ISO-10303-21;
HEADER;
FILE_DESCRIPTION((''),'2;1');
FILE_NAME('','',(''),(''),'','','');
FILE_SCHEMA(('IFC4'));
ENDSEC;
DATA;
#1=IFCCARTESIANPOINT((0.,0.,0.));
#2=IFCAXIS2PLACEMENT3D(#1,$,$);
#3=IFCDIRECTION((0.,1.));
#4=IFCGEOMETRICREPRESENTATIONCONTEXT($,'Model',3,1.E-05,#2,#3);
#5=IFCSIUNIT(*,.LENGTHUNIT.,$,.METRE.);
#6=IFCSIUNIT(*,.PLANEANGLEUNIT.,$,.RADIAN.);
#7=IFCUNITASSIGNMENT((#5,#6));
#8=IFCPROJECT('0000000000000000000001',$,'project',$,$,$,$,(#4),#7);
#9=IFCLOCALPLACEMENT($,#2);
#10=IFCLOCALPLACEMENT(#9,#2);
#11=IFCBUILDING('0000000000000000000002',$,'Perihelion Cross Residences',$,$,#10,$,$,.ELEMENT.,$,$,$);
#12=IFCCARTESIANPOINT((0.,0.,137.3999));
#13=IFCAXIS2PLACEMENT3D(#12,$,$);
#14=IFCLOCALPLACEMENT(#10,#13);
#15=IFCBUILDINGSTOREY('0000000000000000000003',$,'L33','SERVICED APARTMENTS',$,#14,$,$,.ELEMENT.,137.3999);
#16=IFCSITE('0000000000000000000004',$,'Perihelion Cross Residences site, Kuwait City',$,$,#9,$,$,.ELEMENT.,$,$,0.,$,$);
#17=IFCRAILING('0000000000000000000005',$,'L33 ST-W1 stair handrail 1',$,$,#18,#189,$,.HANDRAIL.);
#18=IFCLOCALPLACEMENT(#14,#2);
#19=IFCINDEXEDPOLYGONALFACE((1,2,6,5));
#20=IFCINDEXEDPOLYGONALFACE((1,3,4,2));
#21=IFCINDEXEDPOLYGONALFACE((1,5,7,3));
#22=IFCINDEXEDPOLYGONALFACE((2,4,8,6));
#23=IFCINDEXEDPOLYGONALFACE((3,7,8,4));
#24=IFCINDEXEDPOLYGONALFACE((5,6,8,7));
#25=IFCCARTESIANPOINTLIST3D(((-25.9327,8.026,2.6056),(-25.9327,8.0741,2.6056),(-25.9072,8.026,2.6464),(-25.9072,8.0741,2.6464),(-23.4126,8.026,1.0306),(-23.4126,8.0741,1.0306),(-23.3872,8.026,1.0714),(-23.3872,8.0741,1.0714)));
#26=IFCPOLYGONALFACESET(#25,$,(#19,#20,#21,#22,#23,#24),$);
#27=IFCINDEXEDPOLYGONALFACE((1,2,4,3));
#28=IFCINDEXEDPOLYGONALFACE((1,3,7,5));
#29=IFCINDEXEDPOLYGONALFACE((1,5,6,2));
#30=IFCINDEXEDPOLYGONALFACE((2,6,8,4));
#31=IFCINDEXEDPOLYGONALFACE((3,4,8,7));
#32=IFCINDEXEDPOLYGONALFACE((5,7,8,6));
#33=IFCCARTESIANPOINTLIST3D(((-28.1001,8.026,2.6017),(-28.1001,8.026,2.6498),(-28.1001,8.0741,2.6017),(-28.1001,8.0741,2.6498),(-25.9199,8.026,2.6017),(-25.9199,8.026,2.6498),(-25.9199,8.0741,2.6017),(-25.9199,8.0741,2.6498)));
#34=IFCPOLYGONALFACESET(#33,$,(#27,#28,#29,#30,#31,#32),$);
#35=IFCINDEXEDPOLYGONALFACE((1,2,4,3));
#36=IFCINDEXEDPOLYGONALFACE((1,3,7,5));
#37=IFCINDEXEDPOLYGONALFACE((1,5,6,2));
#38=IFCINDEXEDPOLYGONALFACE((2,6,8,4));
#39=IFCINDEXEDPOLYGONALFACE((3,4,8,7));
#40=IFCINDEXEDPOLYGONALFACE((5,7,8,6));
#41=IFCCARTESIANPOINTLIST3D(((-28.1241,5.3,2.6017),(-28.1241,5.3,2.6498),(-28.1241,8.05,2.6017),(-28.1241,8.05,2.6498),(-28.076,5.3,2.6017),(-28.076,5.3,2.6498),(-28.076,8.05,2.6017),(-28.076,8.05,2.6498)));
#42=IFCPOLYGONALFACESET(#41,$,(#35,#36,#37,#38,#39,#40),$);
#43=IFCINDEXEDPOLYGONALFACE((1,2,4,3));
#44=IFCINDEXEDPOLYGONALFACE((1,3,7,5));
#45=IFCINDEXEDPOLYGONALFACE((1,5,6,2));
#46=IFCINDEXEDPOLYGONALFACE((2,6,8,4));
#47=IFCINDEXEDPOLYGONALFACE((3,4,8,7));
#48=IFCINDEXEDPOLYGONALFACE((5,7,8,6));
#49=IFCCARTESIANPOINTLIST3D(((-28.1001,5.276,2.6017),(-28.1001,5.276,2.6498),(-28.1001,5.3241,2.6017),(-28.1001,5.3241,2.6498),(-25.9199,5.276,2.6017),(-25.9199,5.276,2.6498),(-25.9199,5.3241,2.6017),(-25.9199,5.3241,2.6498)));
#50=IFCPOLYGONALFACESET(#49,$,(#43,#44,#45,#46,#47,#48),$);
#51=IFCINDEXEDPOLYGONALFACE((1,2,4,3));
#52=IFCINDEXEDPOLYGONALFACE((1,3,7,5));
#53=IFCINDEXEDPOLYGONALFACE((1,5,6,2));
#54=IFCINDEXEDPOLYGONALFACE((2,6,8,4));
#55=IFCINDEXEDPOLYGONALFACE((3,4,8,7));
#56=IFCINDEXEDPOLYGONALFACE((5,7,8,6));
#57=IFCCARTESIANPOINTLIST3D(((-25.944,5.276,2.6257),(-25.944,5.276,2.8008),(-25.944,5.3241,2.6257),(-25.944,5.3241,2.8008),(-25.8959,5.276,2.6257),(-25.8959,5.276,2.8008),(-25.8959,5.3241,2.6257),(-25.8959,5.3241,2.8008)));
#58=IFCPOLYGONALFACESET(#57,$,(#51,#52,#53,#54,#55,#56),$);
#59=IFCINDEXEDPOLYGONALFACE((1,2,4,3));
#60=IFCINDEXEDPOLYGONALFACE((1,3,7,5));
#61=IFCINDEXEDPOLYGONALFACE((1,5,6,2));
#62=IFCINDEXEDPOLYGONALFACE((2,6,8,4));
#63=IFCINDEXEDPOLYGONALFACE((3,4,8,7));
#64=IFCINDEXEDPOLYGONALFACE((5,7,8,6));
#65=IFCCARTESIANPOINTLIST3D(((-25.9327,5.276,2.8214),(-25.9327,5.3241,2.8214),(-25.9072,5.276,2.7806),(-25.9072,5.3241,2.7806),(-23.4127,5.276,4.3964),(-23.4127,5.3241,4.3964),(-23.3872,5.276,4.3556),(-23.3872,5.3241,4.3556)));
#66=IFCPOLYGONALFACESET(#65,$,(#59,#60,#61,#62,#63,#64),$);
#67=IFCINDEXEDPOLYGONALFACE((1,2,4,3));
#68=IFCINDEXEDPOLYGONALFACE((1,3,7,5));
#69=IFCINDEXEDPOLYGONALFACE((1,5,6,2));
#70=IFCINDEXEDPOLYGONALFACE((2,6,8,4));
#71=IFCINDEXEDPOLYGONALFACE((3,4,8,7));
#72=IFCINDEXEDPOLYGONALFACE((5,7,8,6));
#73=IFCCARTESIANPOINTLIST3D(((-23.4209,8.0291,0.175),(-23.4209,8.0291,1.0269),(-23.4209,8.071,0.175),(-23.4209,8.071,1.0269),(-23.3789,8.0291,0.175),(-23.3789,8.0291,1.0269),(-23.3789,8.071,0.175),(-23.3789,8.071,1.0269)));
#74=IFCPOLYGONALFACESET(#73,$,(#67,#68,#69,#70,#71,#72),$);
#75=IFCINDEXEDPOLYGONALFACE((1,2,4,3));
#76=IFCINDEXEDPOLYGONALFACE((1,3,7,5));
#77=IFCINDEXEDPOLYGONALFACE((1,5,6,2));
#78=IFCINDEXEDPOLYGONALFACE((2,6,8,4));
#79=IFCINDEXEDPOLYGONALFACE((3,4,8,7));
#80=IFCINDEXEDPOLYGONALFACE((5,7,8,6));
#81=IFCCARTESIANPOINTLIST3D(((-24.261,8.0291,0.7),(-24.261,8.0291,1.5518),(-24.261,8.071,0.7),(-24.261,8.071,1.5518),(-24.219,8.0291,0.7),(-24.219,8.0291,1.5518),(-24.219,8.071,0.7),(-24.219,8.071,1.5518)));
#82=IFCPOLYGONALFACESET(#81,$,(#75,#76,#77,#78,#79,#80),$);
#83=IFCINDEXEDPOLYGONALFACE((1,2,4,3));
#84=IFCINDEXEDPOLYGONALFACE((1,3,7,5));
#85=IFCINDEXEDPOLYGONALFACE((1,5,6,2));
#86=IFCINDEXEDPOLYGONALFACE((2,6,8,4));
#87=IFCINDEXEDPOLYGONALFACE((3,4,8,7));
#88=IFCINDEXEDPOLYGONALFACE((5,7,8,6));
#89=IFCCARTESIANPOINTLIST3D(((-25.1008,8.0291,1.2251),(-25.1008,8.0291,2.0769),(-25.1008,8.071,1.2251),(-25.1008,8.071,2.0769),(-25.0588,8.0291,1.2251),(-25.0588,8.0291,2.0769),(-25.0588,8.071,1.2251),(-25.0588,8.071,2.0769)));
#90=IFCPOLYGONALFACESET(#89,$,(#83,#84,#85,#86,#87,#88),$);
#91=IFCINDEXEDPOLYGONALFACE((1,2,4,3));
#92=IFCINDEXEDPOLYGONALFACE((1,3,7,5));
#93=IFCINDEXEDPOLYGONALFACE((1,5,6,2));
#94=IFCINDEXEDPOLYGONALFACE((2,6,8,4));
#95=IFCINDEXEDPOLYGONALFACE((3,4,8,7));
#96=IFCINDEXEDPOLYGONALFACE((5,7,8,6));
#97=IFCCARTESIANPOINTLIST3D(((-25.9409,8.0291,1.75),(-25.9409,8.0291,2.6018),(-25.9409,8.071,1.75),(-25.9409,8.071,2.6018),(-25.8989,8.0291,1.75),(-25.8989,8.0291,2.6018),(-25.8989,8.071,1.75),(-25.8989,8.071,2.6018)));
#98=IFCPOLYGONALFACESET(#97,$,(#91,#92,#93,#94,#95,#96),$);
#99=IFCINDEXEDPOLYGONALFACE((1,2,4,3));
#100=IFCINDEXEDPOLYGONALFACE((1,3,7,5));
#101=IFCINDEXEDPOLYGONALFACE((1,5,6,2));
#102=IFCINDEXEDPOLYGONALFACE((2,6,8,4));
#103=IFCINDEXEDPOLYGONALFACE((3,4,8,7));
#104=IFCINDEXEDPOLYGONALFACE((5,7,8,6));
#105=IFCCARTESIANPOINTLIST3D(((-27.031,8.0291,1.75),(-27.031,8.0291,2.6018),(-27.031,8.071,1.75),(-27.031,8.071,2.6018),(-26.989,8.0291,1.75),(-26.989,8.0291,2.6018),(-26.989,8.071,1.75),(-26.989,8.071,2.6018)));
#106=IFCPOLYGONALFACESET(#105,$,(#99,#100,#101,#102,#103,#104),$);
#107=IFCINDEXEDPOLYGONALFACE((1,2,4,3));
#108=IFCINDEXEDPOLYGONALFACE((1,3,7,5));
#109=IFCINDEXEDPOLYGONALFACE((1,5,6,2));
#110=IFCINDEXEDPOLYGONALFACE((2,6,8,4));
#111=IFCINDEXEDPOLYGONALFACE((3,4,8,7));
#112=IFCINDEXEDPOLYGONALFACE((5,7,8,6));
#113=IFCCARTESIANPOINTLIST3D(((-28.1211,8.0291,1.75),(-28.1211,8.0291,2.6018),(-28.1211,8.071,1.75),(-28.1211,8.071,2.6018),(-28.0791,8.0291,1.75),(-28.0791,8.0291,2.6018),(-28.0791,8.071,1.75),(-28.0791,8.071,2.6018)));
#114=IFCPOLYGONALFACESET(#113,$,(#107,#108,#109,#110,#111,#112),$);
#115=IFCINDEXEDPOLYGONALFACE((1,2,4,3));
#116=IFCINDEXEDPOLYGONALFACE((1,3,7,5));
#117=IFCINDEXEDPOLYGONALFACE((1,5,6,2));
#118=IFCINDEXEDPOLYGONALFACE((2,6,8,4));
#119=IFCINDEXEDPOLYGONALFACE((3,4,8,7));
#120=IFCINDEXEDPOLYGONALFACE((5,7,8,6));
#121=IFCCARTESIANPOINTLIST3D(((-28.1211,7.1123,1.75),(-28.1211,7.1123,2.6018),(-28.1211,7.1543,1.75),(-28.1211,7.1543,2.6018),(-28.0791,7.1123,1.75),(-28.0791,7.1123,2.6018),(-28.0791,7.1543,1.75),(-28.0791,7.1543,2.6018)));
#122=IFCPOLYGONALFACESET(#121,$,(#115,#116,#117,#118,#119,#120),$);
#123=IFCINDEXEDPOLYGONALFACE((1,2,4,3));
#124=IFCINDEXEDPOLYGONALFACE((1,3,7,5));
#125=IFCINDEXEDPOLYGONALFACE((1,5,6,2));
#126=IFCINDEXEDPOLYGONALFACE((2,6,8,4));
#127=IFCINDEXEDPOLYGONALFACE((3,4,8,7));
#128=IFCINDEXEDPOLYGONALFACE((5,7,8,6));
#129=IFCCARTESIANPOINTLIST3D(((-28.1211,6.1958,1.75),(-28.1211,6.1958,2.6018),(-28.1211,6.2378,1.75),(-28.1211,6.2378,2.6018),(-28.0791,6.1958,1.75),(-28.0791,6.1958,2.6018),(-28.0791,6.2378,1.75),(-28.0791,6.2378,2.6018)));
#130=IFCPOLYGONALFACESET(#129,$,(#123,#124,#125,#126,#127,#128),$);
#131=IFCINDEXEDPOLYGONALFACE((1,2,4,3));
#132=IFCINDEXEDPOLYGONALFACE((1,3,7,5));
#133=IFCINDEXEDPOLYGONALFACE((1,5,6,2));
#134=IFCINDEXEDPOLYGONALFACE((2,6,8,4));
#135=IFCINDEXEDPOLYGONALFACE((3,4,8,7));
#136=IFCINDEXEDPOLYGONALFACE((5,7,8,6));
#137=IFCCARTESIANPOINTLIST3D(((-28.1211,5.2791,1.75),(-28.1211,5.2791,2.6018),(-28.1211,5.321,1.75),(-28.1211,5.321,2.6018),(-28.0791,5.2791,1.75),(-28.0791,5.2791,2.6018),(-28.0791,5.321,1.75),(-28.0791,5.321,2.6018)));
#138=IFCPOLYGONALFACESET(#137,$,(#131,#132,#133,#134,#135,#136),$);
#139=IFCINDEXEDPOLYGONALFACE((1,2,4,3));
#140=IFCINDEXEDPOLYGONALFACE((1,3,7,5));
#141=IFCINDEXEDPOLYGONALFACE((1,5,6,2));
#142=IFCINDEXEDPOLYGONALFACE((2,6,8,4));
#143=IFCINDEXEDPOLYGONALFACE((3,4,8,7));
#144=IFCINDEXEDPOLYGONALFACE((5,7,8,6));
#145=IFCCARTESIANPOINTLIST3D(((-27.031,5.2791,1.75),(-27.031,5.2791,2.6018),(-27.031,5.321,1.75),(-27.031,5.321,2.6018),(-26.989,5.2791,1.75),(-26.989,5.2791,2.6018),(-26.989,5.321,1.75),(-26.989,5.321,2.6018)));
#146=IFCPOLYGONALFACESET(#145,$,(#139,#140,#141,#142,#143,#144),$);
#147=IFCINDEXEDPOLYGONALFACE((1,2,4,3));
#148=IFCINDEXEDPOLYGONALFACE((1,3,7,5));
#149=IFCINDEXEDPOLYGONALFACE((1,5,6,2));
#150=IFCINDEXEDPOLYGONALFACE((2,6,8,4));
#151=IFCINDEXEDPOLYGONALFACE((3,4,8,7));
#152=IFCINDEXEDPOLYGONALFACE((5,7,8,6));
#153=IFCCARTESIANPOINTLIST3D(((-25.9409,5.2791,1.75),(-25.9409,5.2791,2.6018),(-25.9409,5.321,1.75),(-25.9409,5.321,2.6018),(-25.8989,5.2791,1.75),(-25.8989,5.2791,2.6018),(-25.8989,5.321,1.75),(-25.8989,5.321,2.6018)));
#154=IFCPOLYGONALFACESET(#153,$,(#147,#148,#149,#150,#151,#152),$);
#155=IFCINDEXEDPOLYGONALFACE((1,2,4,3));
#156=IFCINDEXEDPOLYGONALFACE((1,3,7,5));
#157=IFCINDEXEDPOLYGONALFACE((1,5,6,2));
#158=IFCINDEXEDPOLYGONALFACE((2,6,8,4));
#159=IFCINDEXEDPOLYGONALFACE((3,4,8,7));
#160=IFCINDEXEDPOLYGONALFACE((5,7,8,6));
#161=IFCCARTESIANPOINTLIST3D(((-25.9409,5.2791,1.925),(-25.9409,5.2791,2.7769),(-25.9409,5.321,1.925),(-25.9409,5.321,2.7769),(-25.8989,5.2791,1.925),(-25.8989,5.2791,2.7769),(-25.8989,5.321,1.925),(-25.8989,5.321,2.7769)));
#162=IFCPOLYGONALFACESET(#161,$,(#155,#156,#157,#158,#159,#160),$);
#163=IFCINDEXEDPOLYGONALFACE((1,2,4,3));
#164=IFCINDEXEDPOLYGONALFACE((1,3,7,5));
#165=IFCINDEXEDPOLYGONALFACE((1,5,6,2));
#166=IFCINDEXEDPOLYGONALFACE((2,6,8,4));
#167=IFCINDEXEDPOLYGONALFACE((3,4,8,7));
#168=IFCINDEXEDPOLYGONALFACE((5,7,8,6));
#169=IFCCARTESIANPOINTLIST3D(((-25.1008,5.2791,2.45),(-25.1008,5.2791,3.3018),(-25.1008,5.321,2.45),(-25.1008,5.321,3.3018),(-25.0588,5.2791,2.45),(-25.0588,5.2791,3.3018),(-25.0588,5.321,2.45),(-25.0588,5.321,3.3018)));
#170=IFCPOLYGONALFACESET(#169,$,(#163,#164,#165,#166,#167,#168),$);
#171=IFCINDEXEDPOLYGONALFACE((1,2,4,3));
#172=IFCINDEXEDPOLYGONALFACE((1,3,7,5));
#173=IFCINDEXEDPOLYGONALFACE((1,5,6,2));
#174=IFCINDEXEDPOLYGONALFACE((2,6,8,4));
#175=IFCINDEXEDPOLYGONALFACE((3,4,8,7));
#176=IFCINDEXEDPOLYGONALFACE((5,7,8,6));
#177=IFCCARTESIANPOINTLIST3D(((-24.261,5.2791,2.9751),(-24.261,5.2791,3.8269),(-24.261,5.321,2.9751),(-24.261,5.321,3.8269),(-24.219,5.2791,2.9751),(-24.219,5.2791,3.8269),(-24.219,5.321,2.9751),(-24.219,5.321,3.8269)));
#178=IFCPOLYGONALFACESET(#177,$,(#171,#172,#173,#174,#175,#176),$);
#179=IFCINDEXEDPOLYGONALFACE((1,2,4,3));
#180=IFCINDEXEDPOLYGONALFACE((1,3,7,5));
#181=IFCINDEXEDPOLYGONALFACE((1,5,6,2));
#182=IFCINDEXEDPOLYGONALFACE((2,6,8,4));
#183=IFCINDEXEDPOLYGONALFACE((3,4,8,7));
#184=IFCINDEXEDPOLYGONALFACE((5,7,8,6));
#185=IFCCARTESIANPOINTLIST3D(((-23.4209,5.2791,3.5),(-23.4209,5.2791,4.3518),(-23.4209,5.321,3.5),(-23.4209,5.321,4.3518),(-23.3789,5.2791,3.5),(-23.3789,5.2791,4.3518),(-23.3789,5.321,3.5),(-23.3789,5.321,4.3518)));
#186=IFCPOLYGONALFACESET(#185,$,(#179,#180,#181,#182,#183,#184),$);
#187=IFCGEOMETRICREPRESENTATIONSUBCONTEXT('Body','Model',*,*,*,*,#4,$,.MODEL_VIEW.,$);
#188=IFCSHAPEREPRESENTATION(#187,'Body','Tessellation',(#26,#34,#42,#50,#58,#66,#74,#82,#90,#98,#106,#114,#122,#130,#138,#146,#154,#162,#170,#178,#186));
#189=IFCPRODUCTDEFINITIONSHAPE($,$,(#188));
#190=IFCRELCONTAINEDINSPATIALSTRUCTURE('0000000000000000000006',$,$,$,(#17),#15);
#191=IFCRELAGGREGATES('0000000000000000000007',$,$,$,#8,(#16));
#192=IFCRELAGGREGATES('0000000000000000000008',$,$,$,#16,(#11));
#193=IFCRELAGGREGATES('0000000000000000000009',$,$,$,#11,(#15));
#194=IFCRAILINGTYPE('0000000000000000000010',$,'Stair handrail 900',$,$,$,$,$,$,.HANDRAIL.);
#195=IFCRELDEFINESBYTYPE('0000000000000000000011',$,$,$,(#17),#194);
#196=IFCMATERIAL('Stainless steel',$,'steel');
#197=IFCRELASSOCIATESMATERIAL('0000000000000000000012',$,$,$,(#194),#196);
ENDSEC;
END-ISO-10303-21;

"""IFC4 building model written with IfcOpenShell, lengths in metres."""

from ifc_helpers import new_model, si_unit, direction, frame, origin, origin_2d, place, context, subcontext, project, spatial, rectangle, extrude, material, type_object, element, save


model = new_model("IFC4")

# Units and contexts
model_context = context("Model", 3, precision=1e-05, world=origin(), true_north=direction((0.0, 1.0)))
body_context = subcontext(model_context, "Body", "Model", "MODEL_VIEW")
ifc_project = project(units=[si_unit("LENGTHUNIT", "METRE"), si_unit("PLANEANGLEUNIT", "RADIAN")], contexts=[model_context])

# Site, building, storey
site_placement = place(None, origin())
site = spatial("IfcSite", under=ifc_project, at=site_placement, Name="Perihelion Cross Residences site, Kuwait City", CompositionType="ELEMENT", RefElevation=0.0)
building_placement = place(site_placement, origin())
building = spatial("IfcBuilding", under=site, at=building_placement, Name="Perihelion Cross Residences", CompositionType="ELEMENT")
storey_placement = place(building_placement, frame((0.0, 0.0, 137.3999)))
storey = spatial("IfcBuildingStorey", under=building, at=storey_placement, Name="L33", Description="SERVICED APARTMENTS", CompositionType="ELEMENT", Elevation=137.3999)

# Railing
ifc_material_1 = material(Name="Stainless steel", Category="steel")
railing_type_1 = type_object("IfcRailingType", Name="Stair handrail 900", PredefinedType="HANDRAIL", material=ifc_material_1)
railing_1_placement = place(storey_placement, frame((-23.3999, 8.05, 0.175)))
element("IfcRailing", 1, at=railing_1_placement, inside=storey, type_object=railing_type_1, Name="L33 ST-W1 stair handrail 1", PredefinedType="HANDRAIL", context=body_context, shape_type="SweptSolid", body=[
    extrude(rectangle(XDim=0.0481, YDim=0.0481, at=origin_2d()), frame((0.0, 0.0, 0.876), z_axis=(-0.848008, 0.0, 0.529984), x_axis=(0.0, -1.0, 0.0)), (0.0, 0.0, 1.0), 2.9717),
    extrude(rectangle(XDim=0.0481, YDim=0.0481, at=origin_2d()), frame((-2.52, 0.0, 2.4507), z_axis=(-1.0, 0.0, 0.0), x_axis=(0.0, -1.0, 0.0)), (0.0, 0.0, 1.0), 2.1802),
    extrude(rectangle(XDim=0.0481, YDim=0.0481, at=origin_2d()), frame((-4.7002, 0.0, 2.4507), z_axis=(0.0, -1.0, 0.0), x_axis=(1.0, 0.0, 0.0)), (0.0, 0.0, 1.0), 2.75),
    extrude(rectangle(XDim=0.0481, YDim=0.0481, at=origin_2d()), frame((-4.7002, -2.75, 2.4507), z_axis=(1.0, 0.0, 0.0), x_axis=(0.0, 1.0, 0.0)), (0.0, 0.0, 1.0), 2.1802),
    extrude(rectangle(XDim=0.0481, YDim=0.0481, at=origin_2d()), frame((-2.52, -2.75, 2.4507), z_axis=(0.0, 0.0, 1.0), x_axis=(1.0, 0.0, 0.0)), (0.0, 0.0, 1.0), 0.175),
    extrude(rectangle(XDim=0.0481, YDim=0.0481, at=origin_2d()), frame((-2.52, -2.75, 2.626), z_axis=(0.848008, 0.0, 0.529984), x_axis=(0.0, 1.0, 0.0)), (0.0, 0.0, 1.0), 2.9717),
    extrude(rectangle(XDim=0.042, YDim=0.042, at=origin_2d()), origin(), (0.0, 0.0, 1.0), 0.8518),
    extrude(rectangle(XDim=0.042, YDim=0.042, at=origin_2d()), frame((-0.8401, 0.0, 0.5249)), (0.0, 0.0, 1.0), 0.8518),
    extrude(rectangle(XDim=0.042, YDim=0.042, at=origin_2d()), frame((-1.6799, 0.0, 1.05)), (0.0, 0.0, 1.0), 0.8518),
    extrude(rectangle(XDim=0.042, YDim=0.042, at=origin_2d()), frame((-2.52, 0.0, 1.575)), (0.0, 0.0, 1.0), 0.8518),
    extrude(rectangle(XDim=0.042, YDim=0.042, at=origin_2d()), frame((-3.6101, 0.0, 1.575)), (0.0, 0.0, 1.0), 0.8518),
    extrude(rectangle(XDim=0.042, YDim=0.042, at=origin_2d()), frame((-4.7002, 0.0, 1.575)), (0.0, 0.0, 1.0), 0.8518),
    extrude(rectangle(XDim=0.042, YDim=0.042, at=origin_2d()), frame((-4.7002, -0.9167, 1.575)), (0.0, 0.0, 1.0), 0.8518),
    extrude(rectangle(XDim=0.042, YDim=0.042, at=origin_2d()), frame((-4.7002, -1.8333, 1.575)), (0.0, 0.0, 1.0), 0.8518),
    extrude(rectangle(XDim=0.042, YDim=0.042, at=origin_2d()), frame((-4.7002, -2.75, 1.575)), (0.0, 0.0, 1.0), 0.8518),
    extrude(rectangle(XDim=0.042, YDim=0.042, at=origin_2d()), frame((-3.6101, -2.75, 1.575)), (0.0, 0.0, 1.0), 0.8518),
    extrude(rectangle(XDim=0.042, YDim=0.042, at=origin_2d()), frame((-2.52, -2.75, 1.575)), (0.0, 0.0, 1.0), 0.8518),
    extrude(rectangle(XDim=0.042, YDim=0.042, at=origin_2d()), frame((-2.52, -2.75, 1.75)), (0.0, 0.0, 1.0), 0.8518),
    extrude(rectangle(XDim=0.042, YDim=0.042, at=origin_2d()), frame((-1.6799, -2.75, 2.2749)), (0.0, 0.0, 1.0), 0.8518),
    extrude(rectangle(XDim=0.042, YDim=0.042, at=origin_2d()), frame((-0.8401, -2.75, 2.8)), (0.0, 0.0, 1.0), 0.8518),
    extrude(rectangle(XDim=0.042, YDim=0.042, at=origin_2d()), frame((0.0, -2.75, 3.325)), (0.0, 0.0, 1.0), 0.8518),
])

save(model, "model.ifc")
